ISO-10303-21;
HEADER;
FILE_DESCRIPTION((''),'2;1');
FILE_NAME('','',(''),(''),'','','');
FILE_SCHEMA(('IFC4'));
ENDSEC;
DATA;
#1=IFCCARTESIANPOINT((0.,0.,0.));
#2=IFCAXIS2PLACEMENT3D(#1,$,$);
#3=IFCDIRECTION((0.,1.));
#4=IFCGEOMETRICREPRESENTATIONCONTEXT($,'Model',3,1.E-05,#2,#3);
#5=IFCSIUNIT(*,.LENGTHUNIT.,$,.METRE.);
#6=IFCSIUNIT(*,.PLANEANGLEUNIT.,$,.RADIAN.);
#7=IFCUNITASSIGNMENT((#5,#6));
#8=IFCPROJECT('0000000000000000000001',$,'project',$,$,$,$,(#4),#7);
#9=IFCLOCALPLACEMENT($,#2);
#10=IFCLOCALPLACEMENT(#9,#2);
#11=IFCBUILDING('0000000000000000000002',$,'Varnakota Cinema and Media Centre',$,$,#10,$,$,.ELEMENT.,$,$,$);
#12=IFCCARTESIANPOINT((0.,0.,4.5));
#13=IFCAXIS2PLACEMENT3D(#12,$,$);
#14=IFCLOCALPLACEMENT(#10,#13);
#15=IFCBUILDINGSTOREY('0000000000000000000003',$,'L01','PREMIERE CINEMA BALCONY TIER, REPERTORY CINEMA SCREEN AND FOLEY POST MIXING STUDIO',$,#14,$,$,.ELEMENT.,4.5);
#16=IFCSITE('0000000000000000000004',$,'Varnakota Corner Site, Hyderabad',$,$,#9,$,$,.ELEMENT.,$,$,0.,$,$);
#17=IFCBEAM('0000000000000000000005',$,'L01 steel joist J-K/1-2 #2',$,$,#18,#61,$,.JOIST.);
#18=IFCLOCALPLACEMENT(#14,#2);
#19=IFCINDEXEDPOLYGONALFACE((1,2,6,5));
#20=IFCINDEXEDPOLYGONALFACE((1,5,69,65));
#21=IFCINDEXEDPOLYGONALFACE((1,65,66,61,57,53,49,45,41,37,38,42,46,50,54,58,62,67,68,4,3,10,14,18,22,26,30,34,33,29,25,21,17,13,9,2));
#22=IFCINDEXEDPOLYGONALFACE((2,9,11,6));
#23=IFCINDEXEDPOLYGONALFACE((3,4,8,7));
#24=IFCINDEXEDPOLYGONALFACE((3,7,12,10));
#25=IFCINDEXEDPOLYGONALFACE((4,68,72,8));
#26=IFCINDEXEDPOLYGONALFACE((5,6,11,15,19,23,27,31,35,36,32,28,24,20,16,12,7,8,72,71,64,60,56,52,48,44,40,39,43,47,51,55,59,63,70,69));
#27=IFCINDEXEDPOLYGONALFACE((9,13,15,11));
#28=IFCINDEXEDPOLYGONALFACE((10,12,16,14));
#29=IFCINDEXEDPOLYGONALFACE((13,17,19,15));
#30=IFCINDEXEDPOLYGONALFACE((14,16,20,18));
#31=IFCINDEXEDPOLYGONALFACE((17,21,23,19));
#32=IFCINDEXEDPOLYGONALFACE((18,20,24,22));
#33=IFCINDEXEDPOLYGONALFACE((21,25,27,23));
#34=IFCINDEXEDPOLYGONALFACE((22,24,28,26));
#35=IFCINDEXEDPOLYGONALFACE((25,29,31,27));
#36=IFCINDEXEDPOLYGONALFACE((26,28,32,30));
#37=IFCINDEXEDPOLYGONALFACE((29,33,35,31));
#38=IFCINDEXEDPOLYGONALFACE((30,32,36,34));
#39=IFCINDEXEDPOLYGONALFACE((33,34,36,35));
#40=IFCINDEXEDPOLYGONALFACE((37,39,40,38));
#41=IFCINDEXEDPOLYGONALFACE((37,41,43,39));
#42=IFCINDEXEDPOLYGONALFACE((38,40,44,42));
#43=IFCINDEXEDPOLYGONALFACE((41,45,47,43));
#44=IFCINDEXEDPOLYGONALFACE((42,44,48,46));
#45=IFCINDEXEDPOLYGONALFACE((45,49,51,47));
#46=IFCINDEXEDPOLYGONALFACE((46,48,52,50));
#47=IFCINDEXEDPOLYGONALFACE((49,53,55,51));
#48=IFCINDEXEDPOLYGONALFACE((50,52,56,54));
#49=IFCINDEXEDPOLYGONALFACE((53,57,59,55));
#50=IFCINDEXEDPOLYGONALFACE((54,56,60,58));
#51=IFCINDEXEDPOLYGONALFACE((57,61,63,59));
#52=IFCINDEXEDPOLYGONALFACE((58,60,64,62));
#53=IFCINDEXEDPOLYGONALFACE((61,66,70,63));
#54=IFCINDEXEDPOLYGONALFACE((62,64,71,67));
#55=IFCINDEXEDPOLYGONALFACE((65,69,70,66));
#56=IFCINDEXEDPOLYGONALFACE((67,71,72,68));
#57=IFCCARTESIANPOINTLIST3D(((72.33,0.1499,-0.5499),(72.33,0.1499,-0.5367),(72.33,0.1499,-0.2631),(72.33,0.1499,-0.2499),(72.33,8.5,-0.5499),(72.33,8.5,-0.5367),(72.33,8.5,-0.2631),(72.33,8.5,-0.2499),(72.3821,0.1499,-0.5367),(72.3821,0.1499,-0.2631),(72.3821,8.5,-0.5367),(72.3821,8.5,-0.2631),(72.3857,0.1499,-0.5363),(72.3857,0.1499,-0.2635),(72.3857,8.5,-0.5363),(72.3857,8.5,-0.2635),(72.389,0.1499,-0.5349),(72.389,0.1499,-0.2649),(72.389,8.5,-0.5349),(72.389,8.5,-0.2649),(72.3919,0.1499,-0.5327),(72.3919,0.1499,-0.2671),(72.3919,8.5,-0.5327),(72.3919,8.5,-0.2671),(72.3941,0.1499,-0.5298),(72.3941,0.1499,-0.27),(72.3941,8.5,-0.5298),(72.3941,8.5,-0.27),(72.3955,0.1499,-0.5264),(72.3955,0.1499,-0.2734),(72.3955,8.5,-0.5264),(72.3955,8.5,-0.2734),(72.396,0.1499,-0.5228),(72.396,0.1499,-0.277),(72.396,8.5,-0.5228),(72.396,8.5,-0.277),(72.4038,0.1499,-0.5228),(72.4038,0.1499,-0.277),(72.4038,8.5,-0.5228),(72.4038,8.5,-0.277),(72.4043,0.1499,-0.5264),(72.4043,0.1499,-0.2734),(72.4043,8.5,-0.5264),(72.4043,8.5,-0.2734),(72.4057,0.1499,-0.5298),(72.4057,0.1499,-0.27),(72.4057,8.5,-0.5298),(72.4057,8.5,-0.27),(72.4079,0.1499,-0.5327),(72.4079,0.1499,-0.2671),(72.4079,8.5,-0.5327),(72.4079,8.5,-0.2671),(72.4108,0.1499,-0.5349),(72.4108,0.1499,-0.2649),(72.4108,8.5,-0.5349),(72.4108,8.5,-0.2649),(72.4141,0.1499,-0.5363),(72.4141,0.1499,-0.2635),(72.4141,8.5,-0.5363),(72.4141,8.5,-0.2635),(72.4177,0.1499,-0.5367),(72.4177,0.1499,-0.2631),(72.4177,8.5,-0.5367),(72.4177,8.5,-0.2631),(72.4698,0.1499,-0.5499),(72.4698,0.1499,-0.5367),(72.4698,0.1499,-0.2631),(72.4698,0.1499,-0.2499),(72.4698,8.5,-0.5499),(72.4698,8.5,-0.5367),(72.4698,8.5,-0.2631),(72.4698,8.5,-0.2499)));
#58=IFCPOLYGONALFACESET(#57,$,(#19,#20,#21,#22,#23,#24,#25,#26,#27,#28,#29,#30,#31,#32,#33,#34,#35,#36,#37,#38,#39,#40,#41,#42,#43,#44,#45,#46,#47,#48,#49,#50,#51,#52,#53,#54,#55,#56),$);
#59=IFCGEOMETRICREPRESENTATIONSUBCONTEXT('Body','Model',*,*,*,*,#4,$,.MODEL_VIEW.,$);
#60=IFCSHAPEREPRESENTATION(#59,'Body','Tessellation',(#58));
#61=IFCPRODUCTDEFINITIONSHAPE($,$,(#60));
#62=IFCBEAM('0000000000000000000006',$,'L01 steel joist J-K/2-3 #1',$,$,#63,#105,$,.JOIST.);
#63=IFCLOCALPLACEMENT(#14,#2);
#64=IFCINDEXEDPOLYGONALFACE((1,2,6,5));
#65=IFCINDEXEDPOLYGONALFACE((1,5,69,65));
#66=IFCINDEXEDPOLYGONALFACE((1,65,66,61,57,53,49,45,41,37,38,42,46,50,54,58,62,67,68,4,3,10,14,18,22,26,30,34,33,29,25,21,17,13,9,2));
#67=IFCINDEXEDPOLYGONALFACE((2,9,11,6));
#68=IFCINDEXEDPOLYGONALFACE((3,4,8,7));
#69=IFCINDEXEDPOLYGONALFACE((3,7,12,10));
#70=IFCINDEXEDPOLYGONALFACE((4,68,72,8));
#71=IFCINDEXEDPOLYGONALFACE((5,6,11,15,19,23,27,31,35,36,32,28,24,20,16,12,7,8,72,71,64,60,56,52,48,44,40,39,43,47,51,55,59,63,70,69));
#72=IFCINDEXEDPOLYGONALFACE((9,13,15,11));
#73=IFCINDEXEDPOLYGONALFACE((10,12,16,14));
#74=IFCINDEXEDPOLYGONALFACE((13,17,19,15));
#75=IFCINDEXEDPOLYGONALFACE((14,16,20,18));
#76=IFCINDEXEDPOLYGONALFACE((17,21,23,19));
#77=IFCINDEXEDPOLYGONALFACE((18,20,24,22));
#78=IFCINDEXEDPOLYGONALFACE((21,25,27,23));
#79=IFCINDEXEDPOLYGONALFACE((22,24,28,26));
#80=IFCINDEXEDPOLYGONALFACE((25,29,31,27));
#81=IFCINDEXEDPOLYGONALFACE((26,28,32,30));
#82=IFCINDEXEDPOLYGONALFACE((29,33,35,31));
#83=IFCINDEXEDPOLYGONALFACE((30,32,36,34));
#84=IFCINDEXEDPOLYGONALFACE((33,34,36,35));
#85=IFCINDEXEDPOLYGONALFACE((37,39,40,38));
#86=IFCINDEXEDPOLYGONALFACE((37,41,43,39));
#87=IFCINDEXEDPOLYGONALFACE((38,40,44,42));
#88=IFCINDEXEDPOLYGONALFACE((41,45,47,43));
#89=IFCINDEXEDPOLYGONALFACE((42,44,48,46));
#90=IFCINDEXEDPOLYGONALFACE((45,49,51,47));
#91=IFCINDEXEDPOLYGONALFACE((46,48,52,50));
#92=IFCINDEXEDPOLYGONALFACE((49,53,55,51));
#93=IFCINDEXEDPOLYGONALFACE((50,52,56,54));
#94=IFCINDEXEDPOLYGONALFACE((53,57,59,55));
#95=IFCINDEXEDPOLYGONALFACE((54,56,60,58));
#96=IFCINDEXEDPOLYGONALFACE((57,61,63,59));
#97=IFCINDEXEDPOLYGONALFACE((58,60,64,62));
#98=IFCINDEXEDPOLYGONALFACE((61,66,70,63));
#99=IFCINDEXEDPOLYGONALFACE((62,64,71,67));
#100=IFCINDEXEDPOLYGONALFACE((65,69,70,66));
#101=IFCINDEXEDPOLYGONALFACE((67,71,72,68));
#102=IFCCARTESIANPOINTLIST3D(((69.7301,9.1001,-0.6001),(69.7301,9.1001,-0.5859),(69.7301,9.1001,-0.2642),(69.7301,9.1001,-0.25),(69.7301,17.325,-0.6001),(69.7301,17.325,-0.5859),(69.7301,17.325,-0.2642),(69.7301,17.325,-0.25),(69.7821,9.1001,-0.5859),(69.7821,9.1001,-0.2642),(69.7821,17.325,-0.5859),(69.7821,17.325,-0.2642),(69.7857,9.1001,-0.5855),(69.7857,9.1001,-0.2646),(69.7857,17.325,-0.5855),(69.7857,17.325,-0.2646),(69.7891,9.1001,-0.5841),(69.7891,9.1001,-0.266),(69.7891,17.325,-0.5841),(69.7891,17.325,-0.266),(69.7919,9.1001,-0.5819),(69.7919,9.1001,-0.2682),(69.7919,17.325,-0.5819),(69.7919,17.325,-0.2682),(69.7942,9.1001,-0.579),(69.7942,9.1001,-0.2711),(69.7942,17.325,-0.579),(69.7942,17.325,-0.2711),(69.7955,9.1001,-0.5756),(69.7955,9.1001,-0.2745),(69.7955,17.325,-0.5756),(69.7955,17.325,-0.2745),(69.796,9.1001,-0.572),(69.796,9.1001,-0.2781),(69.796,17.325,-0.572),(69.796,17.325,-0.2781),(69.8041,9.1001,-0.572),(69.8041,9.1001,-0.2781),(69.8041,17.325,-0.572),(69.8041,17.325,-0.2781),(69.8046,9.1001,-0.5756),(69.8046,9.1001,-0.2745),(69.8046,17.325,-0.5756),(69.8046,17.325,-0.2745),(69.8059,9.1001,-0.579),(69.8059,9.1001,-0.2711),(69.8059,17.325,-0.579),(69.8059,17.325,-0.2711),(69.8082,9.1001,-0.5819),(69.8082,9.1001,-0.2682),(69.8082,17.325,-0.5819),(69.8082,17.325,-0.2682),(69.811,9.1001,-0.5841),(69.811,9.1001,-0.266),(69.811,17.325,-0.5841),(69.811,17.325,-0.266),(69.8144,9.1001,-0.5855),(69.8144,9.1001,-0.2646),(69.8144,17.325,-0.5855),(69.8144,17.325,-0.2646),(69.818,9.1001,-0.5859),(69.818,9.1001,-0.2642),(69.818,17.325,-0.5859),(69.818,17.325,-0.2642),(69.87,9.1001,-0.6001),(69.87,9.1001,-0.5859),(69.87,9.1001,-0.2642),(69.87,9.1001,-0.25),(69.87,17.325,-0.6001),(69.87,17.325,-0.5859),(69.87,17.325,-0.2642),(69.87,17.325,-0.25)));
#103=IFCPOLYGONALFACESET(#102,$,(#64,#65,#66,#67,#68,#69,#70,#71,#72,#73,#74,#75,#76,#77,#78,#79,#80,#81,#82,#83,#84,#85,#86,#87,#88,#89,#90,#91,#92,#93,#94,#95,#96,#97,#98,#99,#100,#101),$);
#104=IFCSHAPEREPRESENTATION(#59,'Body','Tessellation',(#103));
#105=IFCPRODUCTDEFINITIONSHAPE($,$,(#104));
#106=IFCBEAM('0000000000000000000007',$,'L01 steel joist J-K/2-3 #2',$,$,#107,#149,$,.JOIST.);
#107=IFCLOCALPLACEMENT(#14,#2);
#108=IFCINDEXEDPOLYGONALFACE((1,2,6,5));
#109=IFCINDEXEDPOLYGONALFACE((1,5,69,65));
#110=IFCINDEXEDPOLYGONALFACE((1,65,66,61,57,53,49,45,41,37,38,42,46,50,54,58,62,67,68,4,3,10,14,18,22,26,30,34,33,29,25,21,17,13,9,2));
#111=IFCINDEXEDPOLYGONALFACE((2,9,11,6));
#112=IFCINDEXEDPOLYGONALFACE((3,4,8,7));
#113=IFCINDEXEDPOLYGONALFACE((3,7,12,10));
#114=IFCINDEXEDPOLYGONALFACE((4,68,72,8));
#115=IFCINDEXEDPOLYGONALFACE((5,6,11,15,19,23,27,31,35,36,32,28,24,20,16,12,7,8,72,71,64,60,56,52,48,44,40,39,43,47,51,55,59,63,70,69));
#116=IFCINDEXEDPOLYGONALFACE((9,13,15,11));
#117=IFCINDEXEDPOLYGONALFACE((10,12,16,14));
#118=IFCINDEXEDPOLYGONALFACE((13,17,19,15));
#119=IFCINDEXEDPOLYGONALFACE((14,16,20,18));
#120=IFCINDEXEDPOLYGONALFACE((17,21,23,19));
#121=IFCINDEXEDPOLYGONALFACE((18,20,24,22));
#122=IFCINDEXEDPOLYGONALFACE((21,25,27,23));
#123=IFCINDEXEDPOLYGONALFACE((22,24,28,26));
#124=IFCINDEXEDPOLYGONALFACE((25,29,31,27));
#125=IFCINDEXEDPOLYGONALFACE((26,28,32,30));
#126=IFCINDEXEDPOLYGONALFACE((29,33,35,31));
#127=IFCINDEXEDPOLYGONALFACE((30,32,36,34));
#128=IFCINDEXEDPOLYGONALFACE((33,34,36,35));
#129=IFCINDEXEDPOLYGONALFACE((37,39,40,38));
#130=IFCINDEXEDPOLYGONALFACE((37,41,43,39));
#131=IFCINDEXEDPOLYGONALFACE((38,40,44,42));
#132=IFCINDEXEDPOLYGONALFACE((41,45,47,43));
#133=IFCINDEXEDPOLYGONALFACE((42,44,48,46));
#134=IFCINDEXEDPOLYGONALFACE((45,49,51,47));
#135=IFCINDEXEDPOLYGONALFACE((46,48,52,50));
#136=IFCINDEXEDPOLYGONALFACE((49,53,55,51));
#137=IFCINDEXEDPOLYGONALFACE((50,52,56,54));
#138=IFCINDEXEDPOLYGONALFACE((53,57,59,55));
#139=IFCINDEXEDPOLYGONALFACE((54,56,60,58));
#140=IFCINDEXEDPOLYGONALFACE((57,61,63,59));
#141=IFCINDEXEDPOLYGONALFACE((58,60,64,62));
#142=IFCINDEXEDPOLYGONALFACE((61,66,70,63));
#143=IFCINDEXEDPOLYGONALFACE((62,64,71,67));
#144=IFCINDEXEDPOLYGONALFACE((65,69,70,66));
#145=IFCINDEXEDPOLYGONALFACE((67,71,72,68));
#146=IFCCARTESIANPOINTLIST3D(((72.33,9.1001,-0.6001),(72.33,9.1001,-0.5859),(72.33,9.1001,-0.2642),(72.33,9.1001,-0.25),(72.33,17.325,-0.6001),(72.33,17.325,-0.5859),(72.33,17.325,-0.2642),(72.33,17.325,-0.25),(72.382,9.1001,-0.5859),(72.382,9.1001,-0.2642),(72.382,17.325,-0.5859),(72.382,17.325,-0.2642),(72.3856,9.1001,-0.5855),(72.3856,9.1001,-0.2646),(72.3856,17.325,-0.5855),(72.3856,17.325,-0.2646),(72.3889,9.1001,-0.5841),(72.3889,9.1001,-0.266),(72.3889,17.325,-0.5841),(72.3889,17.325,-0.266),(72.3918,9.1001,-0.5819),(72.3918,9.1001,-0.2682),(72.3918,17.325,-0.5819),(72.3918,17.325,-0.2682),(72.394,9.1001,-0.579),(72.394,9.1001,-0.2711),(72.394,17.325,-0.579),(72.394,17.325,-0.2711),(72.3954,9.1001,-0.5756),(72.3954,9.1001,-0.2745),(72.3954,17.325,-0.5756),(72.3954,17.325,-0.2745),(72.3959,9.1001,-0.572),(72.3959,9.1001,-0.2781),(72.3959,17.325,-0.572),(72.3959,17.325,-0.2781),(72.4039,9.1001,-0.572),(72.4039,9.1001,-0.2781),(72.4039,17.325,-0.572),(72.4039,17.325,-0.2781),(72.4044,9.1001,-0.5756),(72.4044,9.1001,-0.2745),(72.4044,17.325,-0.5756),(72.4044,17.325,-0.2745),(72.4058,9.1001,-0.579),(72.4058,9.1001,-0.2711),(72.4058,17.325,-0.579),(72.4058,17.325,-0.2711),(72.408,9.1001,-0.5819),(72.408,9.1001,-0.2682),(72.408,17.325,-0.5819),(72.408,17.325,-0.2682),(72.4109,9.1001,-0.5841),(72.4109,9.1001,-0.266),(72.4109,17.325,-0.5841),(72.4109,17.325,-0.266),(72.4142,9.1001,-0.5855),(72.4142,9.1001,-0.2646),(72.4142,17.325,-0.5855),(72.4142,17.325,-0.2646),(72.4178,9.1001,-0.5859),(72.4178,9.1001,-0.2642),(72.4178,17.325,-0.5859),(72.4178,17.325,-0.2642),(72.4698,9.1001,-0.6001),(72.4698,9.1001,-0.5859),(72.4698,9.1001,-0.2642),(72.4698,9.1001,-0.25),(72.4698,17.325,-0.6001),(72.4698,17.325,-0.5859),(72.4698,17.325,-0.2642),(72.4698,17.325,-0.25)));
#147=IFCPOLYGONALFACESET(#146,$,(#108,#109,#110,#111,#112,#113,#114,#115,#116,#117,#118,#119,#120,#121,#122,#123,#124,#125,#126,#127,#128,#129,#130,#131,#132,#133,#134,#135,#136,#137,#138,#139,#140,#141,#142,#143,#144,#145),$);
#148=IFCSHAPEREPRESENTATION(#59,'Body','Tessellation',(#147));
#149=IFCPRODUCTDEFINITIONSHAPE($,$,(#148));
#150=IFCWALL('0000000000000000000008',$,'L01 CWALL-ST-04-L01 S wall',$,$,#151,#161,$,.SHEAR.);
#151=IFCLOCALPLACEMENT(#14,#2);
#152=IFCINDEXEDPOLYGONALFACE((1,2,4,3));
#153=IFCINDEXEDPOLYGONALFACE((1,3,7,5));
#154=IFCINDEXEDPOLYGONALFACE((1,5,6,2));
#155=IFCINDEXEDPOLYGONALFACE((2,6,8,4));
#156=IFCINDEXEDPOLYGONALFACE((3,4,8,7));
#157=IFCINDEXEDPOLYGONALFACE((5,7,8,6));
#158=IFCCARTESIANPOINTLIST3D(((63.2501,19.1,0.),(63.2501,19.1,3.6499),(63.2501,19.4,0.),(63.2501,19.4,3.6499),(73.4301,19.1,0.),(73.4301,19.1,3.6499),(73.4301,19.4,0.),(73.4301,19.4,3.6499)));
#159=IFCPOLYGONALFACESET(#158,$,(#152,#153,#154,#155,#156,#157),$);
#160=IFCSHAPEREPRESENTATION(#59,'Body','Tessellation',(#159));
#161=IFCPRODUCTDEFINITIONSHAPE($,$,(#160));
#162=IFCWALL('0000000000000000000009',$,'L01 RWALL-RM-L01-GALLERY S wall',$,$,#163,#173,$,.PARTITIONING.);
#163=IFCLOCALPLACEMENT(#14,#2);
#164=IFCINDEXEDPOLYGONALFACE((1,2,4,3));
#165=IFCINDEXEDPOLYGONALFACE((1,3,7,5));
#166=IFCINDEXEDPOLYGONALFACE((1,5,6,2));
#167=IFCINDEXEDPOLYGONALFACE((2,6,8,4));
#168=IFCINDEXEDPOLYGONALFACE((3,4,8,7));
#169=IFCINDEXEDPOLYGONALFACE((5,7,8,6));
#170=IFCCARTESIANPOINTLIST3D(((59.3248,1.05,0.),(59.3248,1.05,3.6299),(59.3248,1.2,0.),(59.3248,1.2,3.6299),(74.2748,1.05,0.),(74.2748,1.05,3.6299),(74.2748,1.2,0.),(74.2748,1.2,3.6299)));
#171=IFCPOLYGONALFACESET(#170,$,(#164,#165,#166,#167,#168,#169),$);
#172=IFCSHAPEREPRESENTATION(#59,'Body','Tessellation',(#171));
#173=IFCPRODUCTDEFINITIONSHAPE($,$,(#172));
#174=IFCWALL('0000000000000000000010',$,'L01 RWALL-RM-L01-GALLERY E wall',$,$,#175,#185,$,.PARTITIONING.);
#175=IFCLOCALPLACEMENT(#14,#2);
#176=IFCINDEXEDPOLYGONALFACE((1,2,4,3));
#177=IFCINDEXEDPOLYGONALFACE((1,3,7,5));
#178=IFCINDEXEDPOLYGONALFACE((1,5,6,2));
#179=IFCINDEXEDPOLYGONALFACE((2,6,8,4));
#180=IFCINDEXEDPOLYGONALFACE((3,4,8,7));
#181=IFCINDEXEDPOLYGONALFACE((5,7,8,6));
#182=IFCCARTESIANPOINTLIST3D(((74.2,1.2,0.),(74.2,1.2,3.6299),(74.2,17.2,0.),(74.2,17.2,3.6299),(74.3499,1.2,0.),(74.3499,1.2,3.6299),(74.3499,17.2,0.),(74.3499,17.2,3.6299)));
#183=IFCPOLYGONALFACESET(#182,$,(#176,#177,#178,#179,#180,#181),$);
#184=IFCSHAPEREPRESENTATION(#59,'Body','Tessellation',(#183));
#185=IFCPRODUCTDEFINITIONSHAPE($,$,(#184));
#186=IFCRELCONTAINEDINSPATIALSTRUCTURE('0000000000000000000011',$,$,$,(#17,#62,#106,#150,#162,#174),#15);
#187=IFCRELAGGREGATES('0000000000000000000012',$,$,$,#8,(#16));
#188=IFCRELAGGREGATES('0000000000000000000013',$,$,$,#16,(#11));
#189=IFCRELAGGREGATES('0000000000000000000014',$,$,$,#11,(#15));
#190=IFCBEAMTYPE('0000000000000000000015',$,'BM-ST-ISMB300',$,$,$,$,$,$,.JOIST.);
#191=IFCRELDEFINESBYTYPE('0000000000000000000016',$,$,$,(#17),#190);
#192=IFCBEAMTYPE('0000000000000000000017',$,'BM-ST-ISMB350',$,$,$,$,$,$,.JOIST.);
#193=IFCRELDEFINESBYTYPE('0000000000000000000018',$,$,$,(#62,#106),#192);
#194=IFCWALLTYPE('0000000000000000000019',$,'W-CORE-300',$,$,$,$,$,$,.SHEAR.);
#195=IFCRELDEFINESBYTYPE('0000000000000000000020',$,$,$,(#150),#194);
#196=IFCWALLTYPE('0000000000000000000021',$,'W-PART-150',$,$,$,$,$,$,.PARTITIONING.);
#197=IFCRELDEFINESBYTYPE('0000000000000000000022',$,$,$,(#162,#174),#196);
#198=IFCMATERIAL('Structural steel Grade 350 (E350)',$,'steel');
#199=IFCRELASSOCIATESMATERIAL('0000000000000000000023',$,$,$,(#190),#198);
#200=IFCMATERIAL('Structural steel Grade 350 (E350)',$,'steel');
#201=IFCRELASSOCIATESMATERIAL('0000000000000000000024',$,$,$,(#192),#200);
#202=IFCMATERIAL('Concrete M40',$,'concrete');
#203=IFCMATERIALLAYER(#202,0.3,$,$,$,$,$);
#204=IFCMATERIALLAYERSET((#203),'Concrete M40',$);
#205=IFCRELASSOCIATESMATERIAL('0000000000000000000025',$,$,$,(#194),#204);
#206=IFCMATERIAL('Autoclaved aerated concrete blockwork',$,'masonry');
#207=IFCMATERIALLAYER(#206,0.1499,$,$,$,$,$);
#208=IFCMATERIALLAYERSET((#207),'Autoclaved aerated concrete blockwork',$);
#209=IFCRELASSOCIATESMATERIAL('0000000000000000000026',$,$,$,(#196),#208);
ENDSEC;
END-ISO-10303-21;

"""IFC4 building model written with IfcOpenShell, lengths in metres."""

from ifc_helpers import new_model, si_unit, direction, frame, frame_2d, origin, origin_2d, place, context, subcontext, project, spatial, rectangle, i_section, extrude, material, layer, layer_set, material_profile, profile_set, type_object, element, save


model = new_model("IFC4")

# Units and contexts
model_context = context("Model", 3, precision=1e-05, world=origin(), true_north=direction((0.0, 1.0)))
body_context = subcontext(model_context, "Body", "Model", "MODEL_VIEW")
ifc_project = project(units=[si_unit("LENGTHUNIT", "METRE"), si_unit("PLANEANGLEUNIT", "RADIAN")], contexts=[model_context])

# Site, building, storey
site_placement = place(None, origin())
site = spatial("IfcSite", under=ifc_project, at=site_placement, Name="Varnakota Corner Site, Hyderabad", CompositionType="ELEMENT", RefElevation=0.0)
building_placement = place(site_placement, origin())
building = spatial("IfcBuilding", under=site, at=building_placement, Name="Varnakota Cinema and Media Centre", CompositionType="ELEMENT")
storey_placement = place(building_placement, frame((0.0, 0.0, 4.5)))
storey = spatial("IfcBuildingStorey", under=building, at=storey_placement, Name="L01", Description="PREMIERE CINEMA BALCONY TIER, REPERTORY CINEMA SCREEN AND FOLEY POST MIXING STUDIO", CompositionType="ELEMENT", Elevation=4.5)

# Beams
ifc_material_1 = material(Name="Structural steel Grade 350 (E350)", Category="steel")
ifc_material_profile_1 = material_profile(ifc_material_1, i_section(OverallWidth=0.1399, OverallDepth=0.3, WebThickness=0.0078, FlangeThickness=0.0132, FilletRadius=0.0139, at=origin_2d()), Name="ISMB 300")
ifc_profile_set_1 = profile_set([ifc_material_profile_1], Name="Structural steel Grade 350 (E350)")
beam_type_1 = type_object("IfcBeamType", Name="BM-ST-ISMB300", PredefinedType="JOIST", material=ifc_profile_set_1)
for number, where, z_axis, x_axis, name in (
    (1, (72.3999, 0.1499, -0.3999), (0.0, 1.0, 0.0), (-1.0, 0.0, 0.0), "L01 steel joist J-K/1-2 #2"),
):
    element("IfcBeam", number, at=place(storey_placement, frame(where, z_axis=z_axis, x_axis=x_axis)), inside=storey, type_object=beam_type_1, Name=name, PredefinedType="JOIST", context=body_context, shape_type="SweptSolid", body=[
        extrude(i_section(OverallWidth=0.1399, OverallDepth=0.3, WebThickness=0.0078, FlangeThickness=0.0132, FilletRadius=0.0139, at=origin_2d()), origin(), (0.0, 0.0, 1.0), 8.3501),
    ])
ifc_material_2 = material(Name="Structural steel Grade 350 (E350)", Category="steel")
ifc_material_profile_2 = material_profile(ifc_material_2, i_section(OverallWidth=0.1399, OverallDepth=0.3501, WebThickness=0.0081, FlangeThickness=0.0142, FilletRadius=0.0139, at=origin_2d()), Name="ISMB 350")
ifc_profile_set_2 = profile_set([ifc_material_profile_2], Name="Structural steel Grade 350 (E350)")
beam_type_2 = type_object("IfcBeamType", Name="BM-ST-ISMB350", PredefinedType="JOIST", material=ifc_profile_set_2)
for number, where, z_axis, x_axis, name in (
    (2, (69.8, 9.1001, -0.425), (0.0, 1.0, 0.0), (-1.0, 0.0, 0.0), "L01 steel joist J-K/2-3 #1"),
    (3, (72.3999, 9.1001, -0.425), (0.0, 1.0, 0.0), (-1.0, 0.0, 0.0), "L01 steel joist J-K/2-3 #2"),
):
    element("IfcBeam", number, at=place(storey_placement, frame(where, z_axis=z_axis, x_axis=x_axis)), inside=storey, type_object=beam_type_2, Name=name, PredefinedType="JOIST", context=body_context, shape_type="SweptSolid", body=[
        extrude(i_section(OverallWidth=0.1399, OverallDepth=0.3501, WebThickness=0.0081, FlangeThickness=0.0142, FilletRadius=0.0139, at=origin_2d()), origin(), (0.0, 0.0, 1.0), 8.2249),
    ])

# Walls
ifc_material_3 = material(Name="Concrete M40", Category="concrete")
ifc_layer_1 = layer(ifc_material_3, 0.3)
ifc_layer_set_1 = layer_set([ifc_layer_1], Name="Concrete M40")
wall_type_1 = type_object("IfcWallType", Name="W-CORE-300", PredefinedType="SHEAR", material=ifc_layer_set_1)
wall_1_placement = place(storey_placement, frame((73.4299, 19.25, 0.0), z_axis=(0.0, 0.0, 1.0), x_axis=(-1.0, 0.0, 0.0)))
element("IfcWall", 4, at=wall_1_placement, inside=storey, type_object=wall_type_1, Name="L01 CWALL-ST-04-L01 S wall", PredefinedType="SHEAR", context=body_context, shape_type="SweptSolid", body=[
    extrude(rectangle(XDim=10.1799, YDim=0.3, at=frame_2d((5.0898, 0.0))), origin(), (0.0, 0.0, 1.0), 3.6499),
])
ifc_material_4 = material(Name="Autoclaved aerated concrete blockwork", Category="masonry")
ifc_layer_2 = layer(ifc_material_4, 0.1499)
ifc_layer_set_2 = layer_set([ifc_layer_2], Name="Autoclaved aerated concrete blockwork")
wall_type_2 = type_object("IfcWallType", Name="W-PART-150", PredefinedType="PARTITIONING", material=ifc_layer_set_2)
wall_2_placement = place(storey_placement, frame((74.2749, 1.125, 0.0), z_axis=(0.0, 0.0, 1.0), x_axis=(-1.0, 0.0, 0.0)))
element("IfcWall", 5, at=wall_2_placement, inside=storey, type_object=wall_type_2, Name="L01 RWALL-RM-L01-GALLERY S wall", PredefinedType="PARTITIONING", context=body_context, shape_type="SweptSolid", body=[
    extrude(rectangle(XDim=14.95, YDim=0.1499, at=frame_2d((7.4751, 0.0))), origin(), (0.0, 0.0, 1.0), 3.6299),
])
wall_3_placement = place(storey_placement, frame((74.2749, 17.2, 0.0), z_axis=(0.0, 0.0, 1.0), x_axis=(0.0, -1.0, 0.0)))
element("IfcWall", 6, at=wall_3_placement, inside=storey, type_object=wall_type_2, Name="L01 RWALL-RM-L01-GALLERY E wall", PredefinedType="PARTITIONING", context=body_context, shape_type="SweptSolid", body=[
    extrude(rectangle(XDim=16.0, YDim=0.1499, at=frame_2d((8.0, 0.0))), origin(), (0.0, 0.0, 1.0), 3.6299),
])

save(model, "model.ifc")
